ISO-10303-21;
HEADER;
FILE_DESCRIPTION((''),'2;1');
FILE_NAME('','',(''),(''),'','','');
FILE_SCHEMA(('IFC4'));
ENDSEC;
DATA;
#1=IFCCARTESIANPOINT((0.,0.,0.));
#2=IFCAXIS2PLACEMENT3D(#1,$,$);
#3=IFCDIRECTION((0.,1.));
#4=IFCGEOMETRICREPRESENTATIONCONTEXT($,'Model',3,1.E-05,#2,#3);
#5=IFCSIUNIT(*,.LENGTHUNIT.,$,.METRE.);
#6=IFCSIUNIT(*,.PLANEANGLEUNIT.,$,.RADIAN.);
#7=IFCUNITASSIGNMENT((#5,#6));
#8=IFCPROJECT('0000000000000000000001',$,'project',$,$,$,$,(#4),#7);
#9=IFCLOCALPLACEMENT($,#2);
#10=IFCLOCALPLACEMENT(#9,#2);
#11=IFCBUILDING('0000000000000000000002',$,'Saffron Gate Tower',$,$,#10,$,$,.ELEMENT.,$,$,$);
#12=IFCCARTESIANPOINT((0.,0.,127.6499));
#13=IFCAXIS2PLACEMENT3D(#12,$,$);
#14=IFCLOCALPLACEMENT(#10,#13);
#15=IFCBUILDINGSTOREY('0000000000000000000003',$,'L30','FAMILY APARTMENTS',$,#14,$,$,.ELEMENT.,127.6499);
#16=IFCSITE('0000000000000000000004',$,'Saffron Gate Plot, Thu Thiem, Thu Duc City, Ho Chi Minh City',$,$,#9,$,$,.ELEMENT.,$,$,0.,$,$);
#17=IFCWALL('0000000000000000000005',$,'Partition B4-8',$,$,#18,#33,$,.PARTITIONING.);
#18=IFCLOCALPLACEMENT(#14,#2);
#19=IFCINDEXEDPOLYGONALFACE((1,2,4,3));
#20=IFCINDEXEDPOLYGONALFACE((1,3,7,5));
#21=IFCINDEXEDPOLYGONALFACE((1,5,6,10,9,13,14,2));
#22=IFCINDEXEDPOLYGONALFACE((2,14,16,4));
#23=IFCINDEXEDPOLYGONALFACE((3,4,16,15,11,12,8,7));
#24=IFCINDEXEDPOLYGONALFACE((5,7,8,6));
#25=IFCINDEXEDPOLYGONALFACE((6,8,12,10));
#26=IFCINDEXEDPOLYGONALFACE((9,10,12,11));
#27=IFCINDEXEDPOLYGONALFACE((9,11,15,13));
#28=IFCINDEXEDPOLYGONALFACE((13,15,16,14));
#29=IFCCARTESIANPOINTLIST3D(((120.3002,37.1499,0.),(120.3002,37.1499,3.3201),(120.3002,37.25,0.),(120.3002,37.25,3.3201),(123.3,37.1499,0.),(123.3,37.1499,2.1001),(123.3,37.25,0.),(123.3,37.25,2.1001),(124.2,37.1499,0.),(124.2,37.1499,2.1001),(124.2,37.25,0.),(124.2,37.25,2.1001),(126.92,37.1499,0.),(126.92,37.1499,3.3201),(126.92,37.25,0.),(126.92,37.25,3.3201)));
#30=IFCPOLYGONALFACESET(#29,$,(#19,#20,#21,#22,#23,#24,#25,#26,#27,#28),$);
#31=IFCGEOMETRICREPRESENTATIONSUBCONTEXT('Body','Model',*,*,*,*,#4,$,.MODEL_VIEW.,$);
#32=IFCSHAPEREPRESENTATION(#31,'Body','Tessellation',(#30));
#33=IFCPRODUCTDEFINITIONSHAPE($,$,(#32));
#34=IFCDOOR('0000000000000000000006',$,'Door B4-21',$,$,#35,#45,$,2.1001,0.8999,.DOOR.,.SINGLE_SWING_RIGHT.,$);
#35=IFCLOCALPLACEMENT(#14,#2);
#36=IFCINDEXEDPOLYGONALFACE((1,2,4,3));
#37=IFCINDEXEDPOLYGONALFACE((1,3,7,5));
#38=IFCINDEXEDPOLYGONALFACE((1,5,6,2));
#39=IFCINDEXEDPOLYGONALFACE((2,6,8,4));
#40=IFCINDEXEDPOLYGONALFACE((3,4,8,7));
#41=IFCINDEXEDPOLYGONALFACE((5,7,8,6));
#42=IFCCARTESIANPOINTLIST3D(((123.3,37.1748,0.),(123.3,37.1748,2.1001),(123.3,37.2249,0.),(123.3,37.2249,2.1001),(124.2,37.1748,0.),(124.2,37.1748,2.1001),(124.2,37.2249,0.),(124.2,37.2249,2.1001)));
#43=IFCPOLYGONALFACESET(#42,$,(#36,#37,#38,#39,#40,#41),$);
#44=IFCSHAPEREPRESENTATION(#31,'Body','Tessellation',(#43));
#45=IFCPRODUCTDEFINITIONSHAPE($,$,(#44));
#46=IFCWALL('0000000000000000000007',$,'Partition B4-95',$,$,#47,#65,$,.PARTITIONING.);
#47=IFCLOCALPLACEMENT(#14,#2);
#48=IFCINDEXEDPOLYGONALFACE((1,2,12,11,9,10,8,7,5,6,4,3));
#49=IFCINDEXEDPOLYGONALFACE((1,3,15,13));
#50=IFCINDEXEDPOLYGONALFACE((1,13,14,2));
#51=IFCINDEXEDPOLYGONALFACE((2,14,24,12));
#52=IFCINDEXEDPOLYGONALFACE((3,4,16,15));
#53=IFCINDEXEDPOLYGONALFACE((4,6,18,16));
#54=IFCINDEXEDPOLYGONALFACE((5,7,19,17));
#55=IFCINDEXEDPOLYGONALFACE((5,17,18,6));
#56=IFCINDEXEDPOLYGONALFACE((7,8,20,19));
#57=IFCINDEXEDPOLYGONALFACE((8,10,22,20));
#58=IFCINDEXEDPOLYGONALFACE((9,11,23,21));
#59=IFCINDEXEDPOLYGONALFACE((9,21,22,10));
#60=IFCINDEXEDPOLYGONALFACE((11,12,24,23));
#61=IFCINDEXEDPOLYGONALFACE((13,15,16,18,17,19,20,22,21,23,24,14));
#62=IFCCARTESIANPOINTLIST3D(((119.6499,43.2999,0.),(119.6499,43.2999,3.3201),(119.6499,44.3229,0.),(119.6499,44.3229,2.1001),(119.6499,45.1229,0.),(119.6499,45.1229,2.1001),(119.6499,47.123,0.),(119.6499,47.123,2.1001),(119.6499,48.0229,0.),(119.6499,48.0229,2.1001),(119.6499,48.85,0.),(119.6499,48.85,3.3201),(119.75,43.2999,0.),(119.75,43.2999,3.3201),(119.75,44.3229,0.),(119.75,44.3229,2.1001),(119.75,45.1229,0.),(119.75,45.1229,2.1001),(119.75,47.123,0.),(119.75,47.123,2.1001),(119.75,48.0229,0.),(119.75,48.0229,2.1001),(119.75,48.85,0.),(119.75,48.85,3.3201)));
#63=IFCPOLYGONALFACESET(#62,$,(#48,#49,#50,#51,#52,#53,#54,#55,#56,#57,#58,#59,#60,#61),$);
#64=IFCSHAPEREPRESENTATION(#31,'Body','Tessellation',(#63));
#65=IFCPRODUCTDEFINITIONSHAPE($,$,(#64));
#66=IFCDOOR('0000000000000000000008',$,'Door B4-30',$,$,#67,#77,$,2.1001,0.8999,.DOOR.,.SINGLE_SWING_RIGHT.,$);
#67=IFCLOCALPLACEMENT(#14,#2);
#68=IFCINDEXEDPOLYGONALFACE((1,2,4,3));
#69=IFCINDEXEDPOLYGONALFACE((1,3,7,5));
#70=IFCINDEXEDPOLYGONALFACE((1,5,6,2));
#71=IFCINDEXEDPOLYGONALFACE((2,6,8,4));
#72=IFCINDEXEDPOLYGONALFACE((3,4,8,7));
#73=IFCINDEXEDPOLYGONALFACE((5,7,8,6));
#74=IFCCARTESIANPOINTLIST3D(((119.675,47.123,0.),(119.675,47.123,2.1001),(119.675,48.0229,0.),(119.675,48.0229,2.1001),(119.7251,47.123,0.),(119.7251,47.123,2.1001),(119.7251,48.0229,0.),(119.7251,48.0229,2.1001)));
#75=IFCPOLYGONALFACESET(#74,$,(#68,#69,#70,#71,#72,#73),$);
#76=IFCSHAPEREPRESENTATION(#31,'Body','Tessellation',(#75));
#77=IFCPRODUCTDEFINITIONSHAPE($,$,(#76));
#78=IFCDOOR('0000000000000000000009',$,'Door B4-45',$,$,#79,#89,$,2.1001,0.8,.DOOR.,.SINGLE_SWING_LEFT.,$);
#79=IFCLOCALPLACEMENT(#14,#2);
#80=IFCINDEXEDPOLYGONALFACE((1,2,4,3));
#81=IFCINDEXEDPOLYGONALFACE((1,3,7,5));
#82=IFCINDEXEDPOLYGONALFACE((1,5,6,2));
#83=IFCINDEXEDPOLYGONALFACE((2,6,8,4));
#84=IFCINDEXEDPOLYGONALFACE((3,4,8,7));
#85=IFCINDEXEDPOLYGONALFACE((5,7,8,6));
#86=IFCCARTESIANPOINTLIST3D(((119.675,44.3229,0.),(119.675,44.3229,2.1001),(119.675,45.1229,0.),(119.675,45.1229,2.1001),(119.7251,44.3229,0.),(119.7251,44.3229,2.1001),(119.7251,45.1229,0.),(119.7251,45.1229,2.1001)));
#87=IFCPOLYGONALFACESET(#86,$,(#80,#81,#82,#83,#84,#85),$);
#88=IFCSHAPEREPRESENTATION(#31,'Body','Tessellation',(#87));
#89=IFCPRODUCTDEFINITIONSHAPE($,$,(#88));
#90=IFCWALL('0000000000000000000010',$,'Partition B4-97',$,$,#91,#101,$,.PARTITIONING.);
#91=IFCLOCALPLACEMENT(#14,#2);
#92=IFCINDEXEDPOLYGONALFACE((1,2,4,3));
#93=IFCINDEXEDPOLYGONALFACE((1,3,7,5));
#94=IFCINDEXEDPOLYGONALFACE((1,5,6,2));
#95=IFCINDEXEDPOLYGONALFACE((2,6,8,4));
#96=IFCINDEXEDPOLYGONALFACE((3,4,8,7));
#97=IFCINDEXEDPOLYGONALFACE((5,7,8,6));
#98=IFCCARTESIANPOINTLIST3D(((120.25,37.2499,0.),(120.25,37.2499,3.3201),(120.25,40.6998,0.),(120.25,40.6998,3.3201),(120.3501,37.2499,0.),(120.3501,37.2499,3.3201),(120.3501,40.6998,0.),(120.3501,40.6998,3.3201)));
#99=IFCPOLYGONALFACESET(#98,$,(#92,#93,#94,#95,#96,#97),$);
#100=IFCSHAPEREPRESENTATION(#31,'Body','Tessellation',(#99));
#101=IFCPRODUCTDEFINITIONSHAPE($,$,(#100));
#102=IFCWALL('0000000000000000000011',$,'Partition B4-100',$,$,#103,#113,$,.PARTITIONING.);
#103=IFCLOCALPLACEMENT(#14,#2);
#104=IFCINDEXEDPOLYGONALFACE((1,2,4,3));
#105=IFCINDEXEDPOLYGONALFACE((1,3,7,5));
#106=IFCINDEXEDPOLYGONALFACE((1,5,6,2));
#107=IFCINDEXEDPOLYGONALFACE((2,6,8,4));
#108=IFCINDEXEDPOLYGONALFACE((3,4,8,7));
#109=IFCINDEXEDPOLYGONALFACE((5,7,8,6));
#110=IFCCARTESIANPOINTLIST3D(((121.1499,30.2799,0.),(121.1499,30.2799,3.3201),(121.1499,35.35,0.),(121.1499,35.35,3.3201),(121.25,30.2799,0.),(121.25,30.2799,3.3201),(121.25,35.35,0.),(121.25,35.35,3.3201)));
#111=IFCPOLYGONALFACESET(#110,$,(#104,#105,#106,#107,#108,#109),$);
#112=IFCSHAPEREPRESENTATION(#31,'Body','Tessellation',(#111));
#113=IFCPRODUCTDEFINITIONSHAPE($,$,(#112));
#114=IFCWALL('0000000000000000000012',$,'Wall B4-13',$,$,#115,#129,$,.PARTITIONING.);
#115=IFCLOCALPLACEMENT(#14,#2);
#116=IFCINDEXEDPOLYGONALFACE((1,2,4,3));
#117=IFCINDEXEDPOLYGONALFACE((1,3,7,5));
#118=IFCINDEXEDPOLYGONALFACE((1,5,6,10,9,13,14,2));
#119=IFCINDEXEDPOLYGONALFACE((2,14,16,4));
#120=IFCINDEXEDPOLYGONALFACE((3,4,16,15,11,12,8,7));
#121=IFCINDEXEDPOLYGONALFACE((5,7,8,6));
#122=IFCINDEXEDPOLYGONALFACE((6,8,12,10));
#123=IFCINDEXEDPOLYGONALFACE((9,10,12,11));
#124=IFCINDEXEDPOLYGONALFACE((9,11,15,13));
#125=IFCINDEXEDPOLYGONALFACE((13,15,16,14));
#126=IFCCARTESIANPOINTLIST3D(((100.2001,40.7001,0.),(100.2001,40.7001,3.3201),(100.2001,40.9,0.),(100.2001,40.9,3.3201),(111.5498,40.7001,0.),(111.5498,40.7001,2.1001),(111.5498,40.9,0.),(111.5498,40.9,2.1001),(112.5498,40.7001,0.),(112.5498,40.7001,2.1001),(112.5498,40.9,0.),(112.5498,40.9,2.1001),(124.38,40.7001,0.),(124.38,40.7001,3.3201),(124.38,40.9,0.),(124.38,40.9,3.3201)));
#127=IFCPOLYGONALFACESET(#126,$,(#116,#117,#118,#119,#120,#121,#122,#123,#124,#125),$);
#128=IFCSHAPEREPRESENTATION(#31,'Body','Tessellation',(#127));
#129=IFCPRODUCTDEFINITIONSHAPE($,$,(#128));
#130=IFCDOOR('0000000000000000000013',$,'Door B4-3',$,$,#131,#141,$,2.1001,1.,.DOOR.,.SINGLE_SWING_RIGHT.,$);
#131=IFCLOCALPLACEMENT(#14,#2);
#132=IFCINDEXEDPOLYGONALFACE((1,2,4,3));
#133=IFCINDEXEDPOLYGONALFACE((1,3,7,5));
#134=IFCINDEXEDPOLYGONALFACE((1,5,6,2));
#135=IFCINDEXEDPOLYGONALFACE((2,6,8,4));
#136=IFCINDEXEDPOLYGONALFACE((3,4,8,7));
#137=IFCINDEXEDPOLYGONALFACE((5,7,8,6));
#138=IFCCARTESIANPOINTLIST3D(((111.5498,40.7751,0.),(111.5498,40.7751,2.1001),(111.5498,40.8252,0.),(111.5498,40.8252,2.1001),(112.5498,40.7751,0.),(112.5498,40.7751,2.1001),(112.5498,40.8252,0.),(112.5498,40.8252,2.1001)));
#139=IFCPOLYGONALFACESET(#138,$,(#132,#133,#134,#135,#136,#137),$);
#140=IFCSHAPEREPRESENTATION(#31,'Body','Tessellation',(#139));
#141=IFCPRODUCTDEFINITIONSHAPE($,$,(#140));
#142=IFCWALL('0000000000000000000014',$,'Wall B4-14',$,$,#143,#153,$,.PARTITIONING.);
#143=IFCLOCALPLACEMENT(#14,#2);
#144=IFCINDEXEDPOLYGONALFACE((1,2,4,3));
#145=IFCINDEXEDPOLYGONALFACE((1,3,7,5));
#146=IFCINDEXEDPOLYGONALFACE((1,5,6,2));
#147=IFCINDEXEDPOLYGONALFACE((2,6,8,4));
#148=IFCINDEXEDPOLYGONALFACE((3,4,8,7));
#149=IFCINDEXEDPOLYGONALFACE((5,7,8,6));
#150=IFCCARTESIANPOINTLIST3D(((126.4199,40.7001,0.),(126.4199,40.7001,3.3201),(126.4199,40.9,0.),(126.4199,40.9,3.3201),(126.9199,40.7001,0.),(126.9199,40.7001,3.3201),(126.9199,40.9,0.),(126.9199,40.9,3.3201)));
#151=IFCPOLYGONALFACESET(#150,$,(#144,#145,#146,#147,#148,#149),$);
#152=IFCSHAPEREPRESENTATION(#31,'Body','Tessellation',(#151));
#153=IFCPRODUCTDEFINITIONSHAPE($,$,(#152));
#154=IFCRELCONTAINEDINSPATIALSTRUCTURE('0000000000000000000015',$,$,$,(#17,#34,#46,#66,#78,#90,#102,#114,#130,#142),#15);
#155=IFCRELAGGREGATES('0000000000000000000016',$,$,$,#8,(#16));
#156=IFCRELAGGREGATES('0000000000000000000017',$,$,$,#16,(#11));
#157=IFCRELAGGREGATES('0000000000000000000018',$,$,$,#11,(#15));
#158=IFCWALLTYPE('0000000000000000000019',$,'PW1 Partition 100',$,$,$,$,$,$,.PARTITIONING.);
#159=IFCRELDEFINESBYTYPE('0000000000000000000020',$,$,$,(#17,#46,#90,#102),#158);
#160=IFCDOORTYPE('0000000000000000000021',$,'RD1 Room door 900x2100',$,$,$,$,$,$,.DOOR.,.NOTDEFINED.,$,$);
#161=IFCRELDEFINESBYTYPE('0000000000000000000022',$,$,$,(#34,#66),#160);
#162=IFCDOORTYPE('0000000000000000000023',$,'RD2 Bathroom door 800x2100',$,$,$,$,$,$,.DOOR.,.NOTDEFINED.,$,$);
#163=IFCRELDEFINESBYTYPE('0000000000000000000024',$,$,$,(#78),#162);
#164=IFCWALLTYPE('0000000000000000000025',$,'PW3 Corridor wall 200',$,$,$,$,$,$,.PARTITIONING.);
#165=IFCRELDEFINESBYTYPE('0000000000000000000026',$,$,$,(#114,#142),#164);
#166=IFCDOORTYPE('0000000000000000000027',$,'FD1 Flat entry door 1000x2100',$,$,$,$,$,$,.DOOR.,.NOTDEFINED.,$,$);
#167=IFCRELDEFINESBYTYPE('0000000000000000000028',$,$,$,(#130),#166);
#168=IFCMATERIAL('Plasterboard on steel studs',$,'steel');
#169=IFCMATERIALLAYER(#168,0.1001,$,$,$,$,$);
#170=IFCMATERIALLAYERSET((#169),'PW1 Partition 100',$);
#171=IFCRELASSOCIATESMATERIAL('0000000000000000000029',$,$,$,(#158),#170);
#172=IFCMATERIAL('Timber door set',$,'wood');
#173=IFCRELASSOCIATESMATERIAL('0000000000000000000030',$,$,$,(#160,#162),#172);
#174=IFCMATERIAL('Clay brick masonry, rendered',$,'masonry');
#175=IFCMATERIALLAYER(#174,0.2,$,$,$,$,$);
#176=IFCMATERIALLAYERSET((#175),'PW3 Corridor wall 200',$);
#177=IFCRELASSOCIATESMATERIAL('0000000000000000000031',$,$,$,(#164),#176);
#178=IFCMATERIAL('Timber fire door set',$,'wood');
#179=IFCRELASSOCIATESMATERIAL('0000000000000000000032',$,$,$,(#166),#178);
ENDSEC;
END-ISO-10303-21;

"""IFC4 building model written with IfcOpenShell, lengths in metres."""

from ifc_helpers import new_model, si_unit, direction, frame, frame_2d, origin, place, context, subcontext, project, spatial, rectangle, extrude, material, layer, layer_set, type_object, element, fill, save


model = new_model("IFC4")

# Units and contexts
model_context = context("Model", 3, precision=1e-05, world=origin(), true_north=direction((0.0, 1.0)))
body_context = subcontext(model_context, "Body", "Model", "MODEL_VIEW")
ifc_project = project(units=[si_unit("LENGTHUNIT", "METRE"), si_unit("PLANEANGLEUNIT", "RADIAN")], contexts=[model_context])

# Site, building, storey
site_placement = place(None, origin())
site = spatial("IfcSite", under=ifc_project, at=site_placement, Name="Saffron Gate Plot, Thu Thiem, Thu Duc City, Ho Chi Minh City", CompositionType="ELEMENT", RefElevation=0.0)
building_placement = place(site_placement, origin())
building = spatial("IfcBuilding", under=site, at=building_placement, Name="Saffron Gate Tower", CompositionType="ELEMENT")
storey_placement = place(building_placement, frame((0.0, 0.0, 127.6499)))
storey = spatial("IfcBuildingStorey", under=building, at=storey_placement, Name="L30", Description="FAMILY APARTMENTS", CompositionType="ELEMENT", Elevation=127.6499)

# Shared definitions
ifc_material_1 = material(Name="Plasterboard on steel studs", Category="steel")
ifc_layer_1 = layer(ifc_material_1, 0.1001)
ifc_layer_set_1 = layer_set([ifc_layer_1], Name="PW1 Partition 100")
wall_type_1 = type_object("IfcWallType", Name="PW1 Partition 100", PredefinedType="PARTITIONING", material=ifc_layer_set_1)
ifc_material_2 = material(Name="Timber door set", Category="wood")
door_type_1 = type_object("IfcDoorType", Name="RD1 Room door 900x2100", OperationType="NOTDEFINED", PredefinedType="DOOR", material=ifc_material_2)

# Wall, opening, door
wall_1_placement = place(storey_placement, frame((120.3, 37.2, 0.0), z_axis=(0.0, 0.0, 1.0), x_axis=(1.0, 0.0, 0.0)))
wall_1 = element("IfcWall", 1, at=wall_1_placement, inside=storey, type_object=wall_type_1, Name="Partition B4-8", PredefinedType="PARTITIONING", context=body_context, shape_type="SweptSolid", body=[
    extrude(rectangle(XDim=6.6199, YDim=0.1001, at=frame_2d((3.3101, 0.0))), origin(), (0.0, 0.0, 1.0), 3.3201),
])
opening_1_placement = place(wall_1_placement, frame((3.0, 0.0, 0.0)))
opening_1 = element("IfcOpeningElement", 2, at=opening_1_placement, cuts=wall_1, PredefinedType="OPENING", context=body_context, shape_type="SweptSolid", body=[
    extrude(rectangle(XDim=0.8999, YDim=2.1001, at=frame_2d((0.45, 1.05))), frame((0.0, 0.0601, 0.0), z_axis=(0.0, -1.0, 0.0), x_axis=(1.0, 0.0, 0.0)), (0.0, 0.0, 1.0), 0.1201),
])
door_1_placement = place(opening_1_placement, origin())
door_1 = element("IfcDoor", 3, at=door_1_placement, inside=storey, type_object=door_type_1, Name="Door B4-21", OperationType="SINGLE_SWING_RIGHT", OverallHeight=2.1001, OverallWidth=0.8999, PredefinedType="DOOR", context=body_context, shape_type="SweptSolid", body=[
    extrude(rectangle(XDim=0.8999, YDim=2.1001, at=frame_2d((0.45, 1.05))), frame((0.0, 0.0249, 0.0), z_axis=(0.0, -1.0, 0.0), x_axis=(1.0, 0.0, 0.0)), (0.0, 0.0, 1.0), 0.05),
])
fill(opening_1, door_1)

# Wall, openings, doors
wall_2_placement = place(storey_placement, frame((119.7, 43.3, 0.0), z_axis=(0.0, 0.0, 1.0), x_axis=(0.0, 1.0, 0.0)))
wall_2 = element("IfcWall", 4, at=wall_2_placement, inside=storey, type_object=wall_type_1, Name="Partition B4-95", PredefinedType="PARTITIONING", context=body_context, shape_type="SweptSolid", body=[
    extrude(rectangle(XDim=5.55, YDim=0.1001, at=frame_2d((2.7749, 0.0))), origin(), (0.0, 0.0, 1.0), 3.3201),
])
opening_2_placement = place(wall_2_placement, frame((1.0229, 0.0, 0.0)))
opening_2 = element("IfcOpeningElement", 5, at=opening_2_placement, cuts=wall_2, PredefinedType="OPENING", context=body_context, shape_type="SweptSolid", body=[
    extrude(rectangle(XDim=0.8, YDim=2.1001, at=frame_2d((0.3999, 1.05))), frame((0.0, 0.0601, 0.0), z_axis=(0.0, -1.0, 0.0), x_axis=(1.0, 0.0, 0.0)), (0.0, 0.0, 1.0), 0.1201),
])
opening_3_placement = place(wall_2_placement, frame((3.823, 0.0, 0.0)))
opening_3 = element("IfcOpeningElement", 6, at=opening_3_placement, cuts=wall_2, PredefinedType="OPENING", context=body_context, shape_type="SweptSolid", body=[
    extrude(rectangle(XDim=0.8999, YDim=2.1001, at=frame_2d((0.45, 1.05))), frame((0.0, 0.0601, 0.0), z_axis=(0.0, -1.0, 0.0), x_axis=(1.0, 0.0, 0.0)), (0.0, 0.0, 1.0), 0.1201),
])
door_2_placement = place(opening_3_placement, origin())
door_2 = element("IfcDoor", 7, at=door_2_placement, inside=storey, type_object=door_type_1, Name="Door B4-30", OperationType="SINGLE_SWING_RIGHT", OverallHeight=2.1001, OverallWidth=0.8999, PredefinedType="DOOR", context=body_context, shape_type="SweptSolid", body=[
    extrude(rectangle(XDim=0.8999, YDim=2.1001, at=frame_2d((0.45, 1.05))), frame((0.0, 0.0249, 0.0), z_axis=(0.0, -1.0, 0.0), x_axis=(1.0, 0.0, 0.0)), (0.0, 0.0, 1.0), 0.05),
])
fill(opening_3, door_2)
door_type_2 = type_object("IfcDoorType", Name="RD2 Bathroom door 800x2100", OperationType="NOTDEFINED", PredefinedType="DOOR", material=ifc_material_2)
door_3_placement = place(opening_2_placement, origin())
door_3 = element("IfcDoor", 8, at=door_3_placement, inside=storey, type_object=door_type_2, Name="Door B4-45", OperationType="SINGLE_SWING_LEFT", OverallHeight=2.1001, OverallWidth=0.8, PredefinedType="DOOR", context=body_context, shape_type="SweptSolid", body=[
    extrude(rectangle(XDim=0.8, YDim=2.1001, at=frame_2d((0.3999, 1.05))), frame((0.0, 0.0249, 0.0), z_axis=(0.0, -1.0, 0.0), x_axis=(1.0, 0.0, 0.0)), (0.0, 0.0, 1.0), 0.05),
])
fill(opening_2, door_3)

# Walls
wall_3_placement = place(storey_placement, frame((120.3, 40.7, 0.0), z_axis=(0.0, 0.0, 1.0), x_axis=(0.0, -1.0, 0.0)))
element("IfcWall", 9, at=wall_3_placement, inside=storey, type_object=wall_type_1, Name="Partition B4-97", PredefinedType="PARTITIONING", context=body_context, shape_type="SweptSolid", body=[
    extrude(rectangle(XDim=3.45, YDim=0.1001, at=frame_2d((1.7251, 0.0))), origin(), (0.0, 0.0, 1.0), 3.3201),
])
wall_4_placement = place(storey_placement, frame((121.2, 35.3501, 0.0), z_axis=(0.0, 0.0, 1.0), x_axis=(0.0, -1.0, 0.0)))
element("IfcWall", 10, at=wall_4_placement, inside=storey, type_object=wall_type_1, Name="Partition B4-100", PredefinedType="PARTITIONING", context=body_context, shape_type="SweptSolid", body=[
    extrude(rectangle(XDim=5.0701, YDim=0.1001, at=frame_2d((2.5352, 0.0))), origin(), (0.0, 0.0, 1.0), 3.3201),
])

# Wall, opening, door
ifc_material_3 = material(Name="Clay brick masonry, rendered", Category="masonry")
ifc_layer_2 = layer(ifc_material_3, 0.2)
ifc_layer_set_2 = layer_set([ifc_layer_2], Name="PW3 Corridor wall 200")
wall_type_2 = type_object("IfcWallType", Name="PW3 Corridor wall 200", PredefinedType="PARTITIONING", material=ifc_layer_set_2)
wall_5_placement = place(storey_placement, frame((124.3799, 40.8, 0.0), z_axis=(0.0, 0.0, 1.0), x_axis=(-1.0, 0.0, 0.0)))
wall_5 = element("IfcWall", 11, at=wall_5_placement, inside=storey, type_object=wall_type_2, Name="Wall B4-13", PredefinedType="PARTITIONING", context=body_context, shape_type="SweptSolid", body=[
    extrude(rectangle(XDim=24.1799, YDim=0.2, at=frame_2d((12.0898, 0.0))), origin(), (0.0, 0.0, 1.0), 3.3201),
])
opening_4_placement = place(wall_5_placement, frame((11.8301, 0.0, 0.0)))
opening_4 = element("IfcOpeningElement", 12, at=opening_4_placement, cuts=wall_5, PredefinedType="OPENING", context=body_context, shape_type="SweptSolid", body=[
    extrude(rectangle(XDim=1.0, YDim=2.1001, at=frame_2d((0.5, 1.05))), frame((0.0, 0.1099, 0.0), z_axis=(0.0, -1.0, 0.0), x_axis=(1.0, 0.0, 0.0)), (0.0, 0.0, 1.0), 0.22),
])
ifc_material_4 = material(Name="Timber fire door set", Category="wood")
door_type_3 = type_object("IfcDoorType", Name="FD1 Flat entry door 1000x2100", OperationType="NOTDEFINED", PredefinedType="DOOR", material=ifc_material_4)
door_4_placement = place(opening_4_placement, origin())
door_4 = element("IfcDoor", 13, at=door_4_placement, inside=storey, type_object=door_type_3, Name="Door B4-3", OperationType="SINGLE_SWING_RIGHT", OverallHeight=2.1001, OverallWidth=1.0, PredefinedType="DOOR", context=body_context, shape_type="SweptSolid", body=[
    extrude(rectangle(XDim=1.0, YDim=2.1001, at=frame_2d((0.5, 1.05))), frame((0.0, 0.0249, 0.0), z_axis=(0.0, -1.0, 0.0), x_axis=(1.0, 0.0, 0.0)), (0.0, 0.0, 1.0), 0.05),
])
fill(opening_4, door_4)

# Wall
wall_6_placement = place(storey_placement, frame((126.4199, 40.8, 0.0), z_axis=(0.0, 0.0, 1.0), x_axis=(1.0, 0.0, 0.0)))
element("IfcWall", 14, at=wall_6_placement, inside=storey, type_object=wall_type_2, Name="Wall B4-14", PredefinedType="PARTITIONING", context=body_context, shape_type="SweptSolid", body=[
    extrude(rectangle(XDim=0.5, YDim=0.2, at=frame_2d((0.25, 0.0))), origin(), (0.0, 0.0, 1.0), 3.3201),
])

save(model, "model.ifc")
